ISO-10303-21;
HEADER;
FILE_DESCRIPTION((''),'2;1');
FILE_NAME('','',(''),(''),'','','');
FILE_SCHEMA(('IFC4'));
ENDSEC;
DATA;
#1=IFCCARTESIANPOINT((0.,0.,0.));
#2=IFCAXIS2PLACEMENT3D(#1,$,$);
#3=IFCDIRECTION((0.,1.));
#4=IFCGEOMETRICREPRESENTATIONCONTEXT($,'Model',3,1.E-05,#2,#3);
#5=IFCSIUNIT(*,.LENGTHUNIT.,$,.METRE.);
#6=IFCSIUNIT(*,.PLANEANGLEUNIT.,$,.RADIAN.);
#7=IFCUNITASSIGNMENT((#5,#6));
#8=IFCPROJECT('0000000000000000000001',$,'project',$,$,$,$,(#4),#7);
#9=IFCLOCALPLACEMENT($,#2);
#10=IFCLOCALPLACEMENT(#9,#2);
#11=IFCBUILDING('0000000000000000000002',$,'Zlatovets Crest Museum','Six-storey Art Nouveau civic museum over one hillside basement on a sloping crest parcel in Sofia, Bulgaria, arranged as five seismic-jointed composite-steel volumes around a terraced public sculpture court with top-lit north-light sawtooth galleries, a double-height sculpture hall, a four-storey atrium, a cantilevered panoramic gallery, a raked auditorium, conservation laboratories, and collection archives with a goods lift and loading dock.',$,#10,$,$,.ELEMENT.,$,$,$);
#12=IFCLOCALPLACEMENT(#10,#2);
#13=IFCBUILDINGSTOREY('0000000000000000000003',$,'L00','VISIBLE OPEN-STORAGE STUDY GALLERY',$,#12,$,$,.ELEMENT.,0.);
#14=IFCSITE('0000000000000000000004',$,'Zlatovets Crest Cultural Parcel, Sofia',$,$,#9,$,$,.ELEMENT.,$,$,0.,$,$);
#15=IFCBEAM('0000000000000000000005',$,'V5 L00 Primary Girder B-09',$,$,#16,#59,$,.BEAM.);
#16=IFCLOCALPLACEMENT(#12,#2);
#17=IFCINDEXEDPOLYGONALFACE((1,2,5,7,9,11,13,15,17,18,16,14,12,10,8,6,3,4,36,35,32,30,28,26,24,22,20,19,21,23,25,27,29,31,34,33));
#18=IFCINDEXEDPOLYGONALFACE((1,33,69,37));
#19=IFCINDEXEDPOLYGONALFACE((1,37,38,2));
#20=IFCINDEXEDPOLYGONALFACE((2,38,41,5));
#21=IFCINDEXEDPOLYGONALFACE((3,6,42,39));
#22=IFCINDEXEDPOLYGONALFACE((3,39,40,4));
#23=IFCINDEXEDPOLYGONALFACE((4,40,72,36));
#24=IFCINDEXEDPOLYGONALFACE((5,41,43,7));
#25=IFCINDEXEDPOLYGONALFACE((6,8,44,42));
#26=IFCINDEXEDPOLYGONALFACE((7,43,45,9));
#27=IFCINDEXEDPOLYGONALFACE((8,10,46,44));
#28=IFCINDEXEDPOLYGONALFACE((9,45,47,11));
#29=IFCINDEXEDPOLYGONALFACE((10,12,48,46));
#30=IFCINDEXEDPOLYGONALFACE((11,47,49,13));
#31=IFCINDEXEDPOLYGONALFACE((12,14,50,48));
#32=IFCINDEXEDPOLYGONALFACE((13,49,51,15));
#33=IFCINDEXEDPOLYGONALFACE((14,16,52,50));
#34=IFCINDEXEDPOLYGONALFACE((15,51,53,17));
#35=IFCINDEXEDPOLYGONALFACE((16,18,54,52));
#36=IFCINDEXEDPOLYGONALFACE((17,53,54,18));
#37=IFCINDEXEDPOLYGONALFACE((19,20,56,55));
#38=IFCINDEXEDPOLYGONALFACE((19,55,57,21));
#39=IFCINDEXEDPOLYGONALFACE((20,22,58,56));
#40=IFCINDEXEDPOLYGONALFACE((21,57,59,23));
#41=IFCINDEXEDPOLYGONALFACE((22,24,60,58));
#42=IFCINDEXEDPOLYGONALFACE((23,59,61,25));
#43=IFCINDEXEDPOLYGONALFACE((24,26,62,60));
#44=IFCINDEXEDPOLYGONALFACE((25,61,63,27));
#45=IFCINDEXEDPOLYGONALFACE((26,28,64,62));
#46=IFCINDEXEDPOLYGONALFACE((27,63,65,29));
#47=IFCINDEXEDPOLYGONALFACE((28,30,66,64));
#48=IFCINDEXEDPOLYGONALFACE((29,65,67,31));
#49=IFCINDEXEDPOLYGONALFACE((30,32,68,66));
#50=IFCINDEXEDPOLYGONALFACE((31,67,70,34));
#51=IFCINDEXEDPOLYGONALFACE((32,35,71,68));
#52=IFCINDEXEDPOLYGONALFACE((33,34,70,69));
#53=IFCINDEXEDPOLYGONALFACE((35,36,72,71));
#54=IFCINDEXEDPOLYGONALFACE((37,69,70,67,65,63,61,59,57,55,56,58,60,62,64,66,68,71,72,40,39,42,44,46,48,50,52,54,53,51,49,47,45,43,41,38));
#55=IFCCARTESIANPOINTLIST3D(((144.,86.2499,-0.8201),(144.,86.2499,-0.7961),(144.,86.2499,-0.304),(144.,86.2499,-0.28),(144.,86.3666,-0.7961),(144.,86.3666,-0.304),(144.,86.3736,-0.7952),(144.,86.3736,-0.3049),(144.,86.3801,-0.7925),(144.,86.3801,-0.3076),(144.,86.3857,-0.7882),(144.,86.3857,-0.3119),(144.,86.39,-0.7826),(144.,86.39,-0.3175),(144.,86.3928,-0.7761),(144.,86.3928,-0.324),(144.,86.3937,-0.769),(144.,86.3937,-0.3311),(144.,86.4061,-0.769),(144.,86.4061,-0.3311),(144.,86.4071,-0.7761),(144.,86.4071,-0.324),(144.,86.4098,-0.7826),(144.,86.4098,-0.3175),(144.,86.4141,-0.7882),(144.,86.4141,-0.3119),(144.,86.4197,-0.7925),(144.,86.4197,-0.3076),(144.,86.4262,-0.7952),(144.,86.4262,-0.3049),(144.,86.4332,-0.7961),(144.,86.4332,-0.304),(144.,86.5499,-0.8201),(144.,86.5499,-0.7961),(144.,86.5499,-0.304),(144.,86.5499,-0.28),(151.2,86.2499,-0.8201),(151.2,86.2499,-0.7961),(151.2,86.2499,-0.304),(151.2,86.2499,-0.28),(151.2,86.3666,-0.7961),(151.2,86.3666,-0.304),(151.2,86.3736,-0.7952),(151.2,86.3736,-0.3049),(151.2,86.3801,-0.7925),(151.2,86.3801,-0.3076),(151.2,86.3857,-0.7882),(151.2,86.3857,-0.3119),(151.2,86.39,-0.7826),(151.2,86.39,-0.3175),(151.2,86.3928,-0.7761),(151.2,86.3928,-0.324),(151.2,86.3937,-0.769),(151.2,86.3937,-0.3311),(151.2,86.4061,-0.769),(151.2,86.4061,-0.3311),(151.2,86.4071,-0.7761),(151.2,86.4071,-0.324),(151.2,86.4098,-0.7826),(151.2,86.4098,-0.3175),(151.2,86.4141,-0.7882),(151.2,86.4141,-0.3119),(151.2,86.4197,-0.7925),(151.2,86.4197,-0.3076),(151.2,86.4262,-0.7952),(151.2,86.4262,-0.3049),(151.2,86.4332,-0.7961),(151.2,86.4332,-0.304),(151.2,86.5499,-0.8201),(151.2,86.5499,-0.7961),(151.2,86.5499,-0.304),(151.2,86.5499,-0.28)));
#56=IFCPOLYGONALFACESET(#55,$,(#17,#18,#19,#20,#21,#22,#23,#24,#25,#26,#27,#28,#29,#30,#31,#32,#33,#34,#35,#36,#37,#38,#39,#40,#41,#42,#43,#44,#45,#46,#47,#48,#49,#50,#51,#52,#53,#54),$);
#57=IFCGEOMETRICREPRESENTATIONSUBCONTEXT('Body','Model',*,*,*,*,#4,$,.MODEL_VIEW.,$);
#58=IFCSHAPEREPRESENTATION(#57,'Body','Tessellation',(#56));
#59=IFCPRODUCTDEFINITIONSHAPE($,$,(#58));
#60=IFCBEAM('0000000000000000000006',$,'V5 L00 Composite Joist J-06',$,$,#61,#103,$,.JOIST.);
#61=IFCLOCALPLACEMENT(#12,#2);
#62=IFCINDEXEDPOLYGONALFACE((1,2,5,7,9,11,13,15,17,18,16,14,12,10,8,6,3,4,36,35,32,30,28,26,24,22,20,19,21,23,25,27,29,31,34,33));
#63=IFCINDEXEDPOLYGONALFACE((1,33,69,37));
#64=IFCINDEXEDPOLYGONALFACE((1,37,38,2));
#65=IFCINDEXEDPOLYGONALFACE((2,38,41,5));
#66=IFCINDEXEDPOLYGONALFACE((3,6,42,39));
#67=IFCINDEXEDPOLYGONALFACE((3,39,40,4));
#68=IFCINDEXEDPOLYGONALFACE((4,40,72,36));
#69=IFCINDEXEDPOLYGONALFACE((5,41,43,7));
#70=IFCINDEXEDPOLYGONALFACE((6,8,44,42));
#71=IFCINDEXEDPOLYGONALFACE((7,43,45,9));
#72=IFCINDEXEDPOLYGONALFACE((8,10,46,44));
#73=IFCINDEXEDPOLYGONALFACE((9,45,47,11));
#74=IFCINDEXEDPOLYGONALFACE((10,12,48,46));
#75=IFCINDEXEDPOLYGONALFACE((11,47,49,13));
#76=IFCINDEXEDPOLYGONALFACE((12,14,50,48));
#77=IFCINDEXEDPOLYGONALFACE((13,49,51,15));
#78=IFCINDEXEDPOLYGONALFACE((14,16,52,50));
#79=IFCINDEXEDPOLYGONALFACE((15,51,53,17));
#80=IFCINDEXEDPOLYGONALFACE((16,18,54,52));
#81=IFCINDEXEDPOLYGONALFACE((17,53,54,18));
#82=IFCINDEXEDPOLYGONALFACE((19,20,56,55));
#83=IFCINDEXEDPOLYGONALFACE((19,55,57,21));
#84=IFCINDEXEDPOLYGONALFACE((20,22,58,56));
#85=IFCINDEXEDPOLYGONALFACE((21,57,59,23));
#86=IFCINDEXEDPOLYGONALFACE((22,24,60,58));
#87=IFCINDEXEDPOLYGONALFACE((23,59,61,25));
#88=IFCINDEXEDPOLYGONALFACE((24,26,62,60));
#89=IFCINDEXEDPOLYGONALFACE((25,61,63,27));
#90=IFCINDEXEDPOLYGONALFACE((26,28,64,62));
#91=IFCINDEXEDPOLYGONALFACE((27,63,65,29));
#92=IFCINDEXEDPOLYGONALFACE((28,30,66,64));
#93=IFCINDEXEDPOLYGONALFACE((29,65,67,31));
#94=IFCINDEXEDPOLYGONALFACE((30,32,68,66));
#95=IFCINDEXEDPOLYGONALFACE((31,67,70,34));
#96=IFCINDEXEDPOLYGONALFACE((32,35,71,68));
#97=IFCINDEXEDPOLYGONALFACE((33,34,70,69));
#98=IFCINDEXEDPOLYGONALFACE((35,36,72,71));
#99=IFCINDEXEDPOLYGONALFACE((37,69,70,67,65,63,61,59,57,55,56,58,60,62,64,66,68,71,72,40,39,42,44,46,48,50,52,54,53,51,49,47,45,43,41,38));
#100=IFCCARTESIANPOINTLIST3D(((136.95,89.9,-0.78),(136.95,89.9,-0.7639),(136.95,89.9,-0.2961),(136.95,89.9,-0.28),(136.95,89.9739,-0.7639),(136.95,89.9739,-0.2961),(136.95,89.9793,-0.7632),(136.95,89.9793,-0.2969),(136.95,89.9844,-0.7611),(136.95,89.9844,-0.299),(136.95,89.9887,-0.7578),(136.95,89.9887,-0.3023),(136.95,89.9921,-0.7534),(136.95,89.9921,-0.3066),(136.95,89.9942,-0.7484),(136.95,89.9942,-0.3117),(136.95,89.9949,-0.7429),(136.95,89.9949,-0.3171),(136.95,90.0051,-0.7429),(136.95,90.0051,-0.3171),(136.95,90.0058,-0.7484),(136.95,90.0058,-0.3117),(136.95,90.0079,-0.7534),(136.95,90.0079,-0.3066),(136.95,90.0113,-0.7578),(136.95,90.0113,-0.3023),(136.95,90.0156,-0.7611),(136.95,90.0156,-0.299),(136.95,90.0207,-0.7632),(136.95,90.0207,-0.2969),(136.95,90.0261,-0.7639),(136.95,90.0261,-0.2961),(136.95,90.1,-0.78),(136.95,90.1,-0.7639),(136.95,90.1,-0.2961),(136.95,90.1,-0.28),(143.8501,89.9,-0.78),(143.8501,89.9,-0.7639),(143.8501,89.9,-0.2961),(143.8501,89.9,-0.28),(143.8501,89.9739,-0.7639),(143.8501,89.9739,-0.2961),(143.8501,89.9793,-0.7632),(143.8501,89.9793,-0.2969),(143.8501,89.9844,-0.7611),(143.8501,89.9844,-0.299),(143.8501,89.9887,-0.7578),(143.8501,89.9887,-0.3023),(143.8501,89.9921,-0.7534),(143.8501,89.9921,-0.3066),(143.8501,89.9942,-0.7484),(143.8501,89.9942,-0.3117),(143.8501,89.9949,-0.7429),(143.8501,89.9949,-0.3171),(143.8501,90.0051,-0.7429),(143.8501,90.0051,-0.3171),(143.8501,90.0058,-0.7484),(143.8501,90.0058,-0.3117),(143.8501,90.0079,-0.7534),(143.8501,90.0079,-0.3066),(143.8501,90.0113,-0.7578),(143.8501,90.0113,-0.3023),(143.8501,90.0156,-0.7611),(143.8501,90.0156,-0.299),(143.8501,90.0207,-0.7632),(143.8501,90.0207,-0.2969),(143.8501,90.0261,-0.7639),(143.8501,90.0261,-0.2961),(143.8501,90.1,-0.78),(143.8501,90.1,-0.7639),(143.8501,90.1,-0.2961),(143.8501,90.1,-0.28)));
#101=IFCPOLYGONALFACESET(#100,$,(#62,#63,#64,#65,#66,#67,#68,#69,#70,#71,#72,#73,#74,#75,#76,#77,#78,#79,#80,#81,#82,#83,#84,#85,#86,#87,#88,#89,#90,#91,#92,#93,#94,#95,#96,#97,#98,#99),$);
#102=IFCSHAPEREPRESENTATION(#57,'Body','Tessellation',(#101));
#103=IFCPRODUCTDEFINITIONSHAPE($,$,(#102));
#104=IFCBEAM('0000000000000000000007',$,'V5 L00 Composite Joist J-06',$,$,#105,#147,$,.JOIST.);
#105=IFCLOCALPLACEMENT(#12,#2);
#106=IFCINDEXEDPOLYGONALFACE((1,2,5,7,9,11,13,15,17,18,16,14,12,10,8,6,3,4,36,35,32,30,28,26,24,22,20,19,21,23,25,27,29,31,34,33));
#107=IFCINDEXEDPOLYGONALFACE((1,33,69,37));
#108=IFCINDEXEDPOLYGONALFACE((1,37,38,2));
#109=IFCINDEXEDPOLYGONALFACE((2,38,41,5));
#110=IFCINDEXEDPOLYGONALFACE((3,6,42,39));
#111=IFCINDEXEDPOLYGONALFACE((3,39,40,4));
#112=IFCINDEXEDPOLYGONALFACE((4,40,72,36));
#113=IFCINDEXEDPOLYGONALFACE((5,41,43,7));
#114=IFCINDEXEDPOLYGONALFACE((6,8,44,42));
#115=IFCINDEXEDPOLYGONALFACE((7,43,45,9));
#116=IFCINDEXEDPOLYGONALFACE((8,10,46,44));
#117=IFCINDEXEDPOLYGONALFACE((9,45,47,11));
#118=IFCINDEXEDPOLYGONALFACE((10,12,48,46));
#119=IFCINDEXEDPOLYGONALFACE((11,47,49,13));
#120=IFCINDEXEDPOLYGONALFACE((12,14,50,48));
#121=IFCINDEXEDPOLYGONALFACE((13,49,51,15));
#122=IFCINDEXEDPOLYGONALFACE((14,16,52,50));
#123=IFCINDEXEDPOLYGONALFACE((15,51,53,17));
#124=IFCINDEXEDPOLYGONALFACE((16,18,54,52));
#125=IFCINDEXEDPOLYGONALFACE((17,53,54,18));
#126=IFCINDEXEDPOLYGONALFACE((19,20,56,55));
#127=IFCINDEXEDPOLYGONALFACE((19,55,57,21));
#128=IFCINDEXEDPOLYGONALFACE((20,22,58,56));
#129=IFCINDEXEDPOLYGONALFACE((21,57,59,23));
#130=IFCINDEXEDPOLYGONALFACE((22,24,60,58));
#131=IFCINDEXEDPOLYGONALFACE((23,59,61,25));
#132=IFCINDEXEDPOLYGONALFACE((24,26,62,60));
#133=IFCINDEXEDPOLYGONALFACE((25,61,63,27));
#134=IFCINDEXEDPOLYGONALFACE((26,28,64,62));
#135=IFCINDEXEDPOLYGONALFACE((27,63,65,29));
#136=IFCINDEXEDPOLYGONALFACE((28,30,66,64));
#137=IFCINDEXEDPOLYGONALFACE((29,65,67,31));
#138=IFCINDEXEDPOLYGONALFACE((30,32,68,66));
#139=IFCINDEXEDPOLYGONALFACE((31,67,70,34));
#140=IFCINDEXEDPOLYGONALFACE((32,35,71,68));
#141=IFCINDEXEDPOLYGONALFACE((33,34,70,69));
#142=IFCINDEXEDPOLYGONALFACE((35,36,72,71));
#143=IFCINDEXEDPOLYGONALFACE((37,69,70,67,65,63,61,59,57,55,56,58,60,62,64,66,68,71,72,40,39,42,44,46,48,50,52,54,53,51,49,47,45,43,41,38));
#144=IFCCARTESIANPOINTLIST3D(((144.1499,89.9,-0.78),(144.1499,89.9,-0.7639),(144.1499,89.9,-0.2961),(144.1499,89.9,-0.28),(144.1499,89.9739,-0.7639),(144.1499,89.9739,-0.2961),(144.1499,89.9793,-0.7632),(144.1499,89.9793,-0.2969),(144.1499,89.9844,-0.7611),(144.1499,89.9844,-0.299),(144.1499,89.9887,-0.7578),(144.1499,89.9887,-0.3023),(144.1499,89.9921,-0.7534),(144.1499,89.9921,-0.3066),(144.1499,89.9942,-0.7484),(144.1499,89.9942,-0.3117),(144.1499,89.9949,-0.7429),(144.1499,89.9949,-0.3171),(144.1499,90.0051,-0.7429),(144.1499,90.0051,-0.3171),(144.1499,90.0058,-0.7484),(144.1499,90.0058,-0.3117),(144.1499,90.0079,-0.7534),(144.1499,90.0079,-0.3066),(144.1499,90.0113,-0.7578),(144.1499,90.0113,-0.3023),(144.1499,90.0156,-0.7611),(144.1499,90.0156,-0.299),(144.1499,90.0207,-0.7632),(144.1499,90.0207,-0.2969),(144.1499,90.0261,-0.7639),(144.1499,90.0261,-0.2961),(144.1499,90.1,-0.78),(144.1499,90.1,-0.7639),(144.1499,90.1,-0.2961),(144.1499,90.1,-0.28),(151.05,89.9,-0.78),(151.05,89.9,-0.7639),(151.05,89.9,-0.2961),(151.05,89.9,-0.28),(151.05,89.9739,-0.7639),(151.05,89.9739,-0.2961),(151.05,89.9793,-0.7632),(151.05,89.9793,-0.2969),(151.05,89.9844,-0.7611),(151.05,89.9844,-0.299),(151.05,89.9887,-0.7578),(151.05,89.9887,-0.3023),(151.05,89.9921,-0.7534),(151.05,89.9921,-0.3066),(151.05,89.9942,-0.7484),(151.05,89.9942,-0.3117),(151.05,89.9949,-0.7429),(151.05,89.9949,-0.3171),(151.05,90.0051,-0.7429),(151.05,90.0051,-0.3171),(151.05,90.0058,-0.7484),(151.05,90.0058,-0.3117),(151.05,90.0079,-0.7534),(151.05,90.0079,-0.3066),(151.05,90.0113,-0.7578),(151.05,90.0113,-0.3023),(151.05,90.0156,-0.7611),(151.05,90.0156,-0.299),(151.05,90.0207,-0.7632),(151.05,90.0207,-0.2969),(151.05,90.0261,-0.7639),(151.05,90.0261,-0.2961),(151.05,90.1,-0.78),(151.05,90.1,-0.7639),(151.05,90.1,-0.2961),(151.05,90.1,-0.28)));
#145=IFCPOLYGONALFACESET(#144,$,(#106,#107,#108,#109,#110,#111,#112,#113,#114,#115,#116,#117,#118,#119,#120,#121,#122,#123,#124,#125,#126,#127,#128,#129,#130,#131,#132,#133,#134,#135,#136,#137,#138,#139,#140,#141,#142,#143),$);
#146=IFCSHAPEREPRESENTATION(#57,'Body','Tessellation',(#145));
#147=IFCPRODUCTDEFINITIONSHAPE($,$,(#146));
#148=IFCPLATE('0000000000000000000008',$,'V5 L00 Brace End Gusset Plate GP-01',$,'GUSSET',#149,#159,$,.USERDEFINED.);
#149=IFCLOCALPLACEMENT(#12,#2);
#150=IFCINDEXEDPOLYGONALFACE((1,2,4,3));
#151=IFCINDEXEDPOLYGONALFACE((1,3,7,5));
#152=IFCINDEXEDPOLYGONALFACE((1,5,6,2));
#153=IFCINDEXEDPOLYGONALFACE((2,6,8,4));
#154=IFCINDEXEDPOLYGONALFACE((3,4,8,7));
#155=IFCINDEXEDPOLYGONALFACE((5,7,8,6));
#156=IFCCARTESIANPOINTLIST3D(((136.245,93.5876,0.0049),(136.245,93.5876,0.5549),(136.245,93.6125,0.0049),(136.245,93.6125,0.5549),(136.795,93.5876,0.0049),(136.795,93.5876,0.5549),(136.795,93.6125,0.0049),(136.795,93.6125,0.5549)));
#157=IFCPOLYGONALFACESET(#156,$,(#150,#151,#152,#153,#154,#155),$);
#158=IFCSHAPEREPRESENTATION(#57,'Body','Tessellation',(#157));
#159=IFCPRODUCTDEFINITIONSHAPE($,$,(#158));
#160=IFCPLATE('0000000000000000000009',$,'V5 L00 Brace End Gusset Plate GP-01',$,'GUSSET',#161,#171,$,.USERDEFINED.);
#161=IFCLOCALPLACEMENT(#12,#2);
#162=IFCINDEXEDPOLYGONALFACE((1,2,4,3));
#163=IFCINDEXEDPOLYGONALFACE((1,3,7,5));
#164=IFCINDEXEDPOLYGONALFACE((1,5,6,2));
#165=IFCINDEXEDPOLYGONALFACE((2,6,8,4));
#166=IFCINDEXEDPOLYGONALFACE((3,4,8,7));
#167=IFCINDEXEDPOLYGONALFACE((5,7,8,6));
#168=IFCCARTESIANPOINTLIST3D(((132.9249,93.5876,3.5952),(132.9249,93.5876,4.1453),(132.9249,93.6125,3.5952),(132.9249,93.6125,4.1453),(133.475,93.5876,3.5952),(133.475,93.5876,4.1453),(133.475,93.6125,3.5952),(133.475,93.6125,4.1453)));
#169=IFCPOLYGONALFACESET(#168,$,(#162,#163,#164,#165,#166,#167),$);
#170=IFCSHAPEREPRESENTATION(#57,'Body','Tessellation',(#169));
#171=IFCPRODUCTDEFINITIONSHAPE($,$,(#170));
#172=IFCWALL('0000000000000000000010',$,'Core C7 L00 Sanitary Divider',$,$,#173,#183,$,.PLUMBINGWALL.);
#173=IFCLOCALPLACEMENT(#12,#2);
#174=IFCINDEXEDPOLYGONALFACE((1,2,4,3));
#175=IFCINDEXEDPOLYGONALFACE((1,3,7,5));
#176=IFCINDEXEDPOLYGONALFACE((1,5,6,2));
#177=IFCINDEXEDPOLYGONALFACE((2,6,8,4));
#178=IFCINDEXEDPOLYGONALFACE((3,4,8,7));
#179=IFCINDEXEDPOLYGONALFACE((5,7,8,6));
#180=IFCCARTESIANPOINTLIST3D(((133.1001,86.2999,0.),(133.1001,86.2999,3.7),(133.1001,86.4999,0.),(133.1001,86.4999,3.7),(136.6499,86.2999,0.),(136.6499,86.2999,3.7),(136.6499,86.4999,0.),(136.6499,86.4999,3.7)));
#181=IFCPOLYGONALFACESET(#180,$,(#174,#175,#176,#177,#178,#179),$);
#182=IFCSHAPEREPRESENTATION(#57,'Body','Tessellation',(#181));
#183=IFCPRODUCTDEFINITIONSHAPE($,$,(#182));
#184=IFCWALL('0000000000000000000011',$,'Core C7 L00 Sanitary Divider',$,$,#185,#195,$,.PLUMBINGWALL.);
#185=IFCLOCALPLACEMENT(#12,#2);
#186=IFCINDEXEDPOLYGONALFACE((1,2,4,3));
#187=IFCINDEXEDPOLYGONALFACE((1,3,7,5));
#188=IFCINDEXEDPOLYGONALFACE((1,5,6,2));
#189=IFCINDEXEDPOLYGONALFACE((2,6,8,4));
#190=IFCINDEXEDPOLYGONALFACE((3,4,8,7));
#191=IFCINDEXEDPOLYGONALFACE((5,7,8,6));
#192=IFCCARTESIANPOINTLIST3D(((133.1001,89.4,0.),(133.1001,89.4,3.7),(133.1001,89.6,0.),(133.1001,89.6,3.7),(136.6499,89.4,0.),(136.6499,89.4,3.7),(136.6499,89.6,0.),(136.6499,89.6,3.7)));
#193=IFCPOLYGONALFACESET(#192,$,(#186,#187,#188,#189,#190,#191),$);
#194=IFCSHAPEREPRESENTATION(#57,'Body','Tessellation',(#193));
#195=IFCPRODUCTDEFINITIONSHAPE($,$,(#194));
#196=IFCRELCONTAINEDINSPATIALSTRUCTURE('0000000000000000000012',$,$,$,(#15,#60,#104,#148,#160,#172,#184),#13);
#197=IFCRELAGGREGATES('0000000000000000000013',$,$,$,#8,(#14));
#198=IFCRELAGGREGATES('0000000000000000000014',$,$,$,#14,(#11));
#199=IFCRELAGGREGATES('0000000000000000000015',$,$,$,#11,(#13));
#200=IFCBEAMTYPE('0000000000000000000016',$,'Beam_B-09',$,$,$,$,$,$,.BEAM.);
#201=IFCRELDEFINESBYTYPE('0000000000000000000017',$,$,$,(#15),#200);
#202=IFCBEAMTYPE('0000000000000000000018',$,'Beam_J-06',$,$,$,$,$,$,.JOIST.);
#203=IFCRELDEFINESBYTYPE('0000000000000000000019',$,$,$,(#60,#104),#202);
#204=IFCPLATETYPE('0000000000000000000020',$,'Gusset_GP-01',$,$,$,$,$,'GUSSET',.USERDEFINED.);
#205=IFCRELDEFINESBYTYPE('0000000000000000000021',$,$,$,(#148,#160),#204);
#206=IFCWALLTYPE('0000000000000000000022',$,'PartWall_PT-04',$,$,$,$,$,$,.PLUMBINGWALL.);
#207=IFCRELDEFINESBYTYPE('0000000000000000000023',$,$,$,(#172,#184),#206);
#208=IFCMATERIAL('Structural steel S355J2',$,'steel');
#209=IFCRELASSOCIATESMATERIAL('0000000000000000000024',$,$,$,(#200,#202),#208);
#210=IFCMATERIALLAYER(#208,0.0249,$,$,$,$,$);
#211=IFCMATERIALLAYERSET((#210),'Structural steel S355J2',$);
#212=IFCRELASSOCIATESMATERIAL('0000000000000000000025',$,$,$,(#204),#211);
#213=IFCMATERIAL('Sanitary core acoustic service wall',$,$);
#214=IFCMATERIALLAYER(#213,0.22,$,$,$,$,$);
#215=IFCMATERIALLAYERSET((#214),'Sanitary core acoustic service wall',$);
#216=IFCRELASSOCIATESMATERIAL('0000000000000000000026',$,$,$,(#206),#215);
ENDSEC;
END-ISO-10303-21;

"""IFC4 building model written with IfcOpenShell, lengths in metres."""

from ifc_helpers import new_model, si_unit, direction, frame, frame_2d, origin, origin_2d, place, context, subcontext, project, spatial, rectangle, i_section, extrude, material, layer, layer_set, material_profile, profile_set, type_object, element, save


model = new_model("IFC4")

# Units and contexts
model_context = context("Model", 3, precision=1e-05, world=origin(), true_north=direction((0.0, 1.0)))
body_context = subcontext(model_context, "Body", "Model", "MODEL_VIEW")
ifc_project = project(units=[si_unit("LENGTHUNIT", "METRE"), si_unit("PLANEANGLEUNIT", "RADIAN")], contexts=[model_context])

# Site, building, storey
site_placement = place(None, origin())
site = spatial("IfcSite", under=ifc_project, at=site_placement, Name="Zlatovets Crest Cultural Parcel, Sofia", CompositionType="ELEMENT", RefElevation=0.0)
building_placement = place(site_placement, origin())
building = spatial("IfcBuilding", under=site, at=building_placement, Name="Zlatovets Crest Museum", Description="Six-storey Art Nouveau civic museum over one hillside basement on a sloping crest parcel in Sofia, Bulgaria, arranged as five seismic-jointed composite-steel volumes around a terraced public sculpture court with top-lit north-light sawtooth galleries, a double-height sculpture hall, a four-storey atrium, a cantilevered panoramic gallery, a raked auditorium, conservation laboratories, and collection archives with a goods lift and loading dock.", CompositionType="ELEMENT")
storey_placement = place(building_placement, origin())
storey = spatial("IfcBuildingStorey", under=building, at=storey_placement, Name="L00", Description="VISIBLE OPEN-STORAGE STUDY GALLERY", CompositionType="ELEMENT", Elevation=0.0)

# Shared definitions
ifc_material_1 = material(Name="Structural steel S355J2", Category="steel")

# Beams
ifc_material_profile_1 = material_profile(ifc_material_1, i_section(OverallWidth=0.3, OverallDepth=0.54, WebThickness=0.0125, FlangeThickness=0.0239, FilletRadius=0.0271, at=origin_2d()), Name="HEA 550")
ifc_profile_set_1 = profile_set([ifc_material_profile_1], Name="Structural steel S355J2")
beam_type_1 = type_object("IfcBeamType", Name="Beam_B-09", PredefinedType="BEAM", material=ifc_profile_set_1)
for number, where, z_axis, x_axis, name in (
    (1, (144.0, 86.3999, -0.55), (1.0, 0.0, 0.0), (0.0, 1.0, 0.0), "V5 L00 Primary Girder B-09"),
):
    element("IfcBeam", number, at=place(storey_placement, frame(where, z_axis=z_axis, x_axis=x_axis)), inside=storey, type_object=beam_type_1, Name=name, PredefinedType="BEAM", context=body_context, shape_type="SweptSolid", body=[
        extrude(i_section(OverallWidth=0.3, OverallDepth=0.54, WebThickness=0.0125, FlangeThickness=0.0239, FilletRadius=0.0271, at=origin_2d()), origin(), (0.0, 0.0, 1.0), 7.2),
    ])
ifc_material_profile_2 = material_profile(ifc_material_1, i_section(OverallWidth=0.2, OverallDepth=0.5, WebThickness=0.0103, FlangeThickness=0.0161, FilletRadius=0.021, at=origin_2d()), Name="IPE 500")
ifc_profile_set_2 = profile_set([ifc_material_profile_2], Name="Structural steel S355J2")
beam_type_2 = type_object("IfcBeamType", Name="Beam_J-06", PredefinedType="JOIST", material=ifc_profile_set_2)
for number, where, z_axis, x_axis, name in (
    (2, (136.95, 90.0, -0.53), (1.0, 0.0, 0.0), (0.0, 1.0, 0.0), "V5 L00 Composite Joist J-06"),
    (3, (144.1499, 90.0, -0.53), (1.0, 0.0, 0.0), (0.0, 1.0, 0.0), "V5 L00 Composite Joist J-06"),
):
    element("IfcBeam", number, at=place(storey_placement, frame(where, z_axis=z_axis, x_axis=x_axis)), inside=storey, type_object=beam_type_2, Name=name, PredefinedType="JOIST", context=body_context, shape_type="SweptSolid", body=[
        extrude(i_section(OverallWidth=0.2, OverallDepth=0.5, WebThickness=0.0103, FlangeThickness=0.0161, FilletRadius=0.021, at=origin_2d()), origin(), (0.0, 0.0, 1.0), 6.9001),
    ])

# Plates
ifc_layer_1 = layer(ifc_material_1, 0.0249)
ifc_layer_set_1 = layer_set([ifc_layer_1], Name="Structural steel S355J2")
plate_type = type_object("IfcPlateType", Name="Gusset_GP-01", ElementType="GUSSET", PredefinedType="USERDEFINED", material=ifc_layer_set_1)
for number, where, z_axis, x_axis, name in (
    (4, (136.52, 93.6001, 0.0049), (0.0, 0.0, 1.0), (1.0, 0.0, 0.0), "V5 L00 Brace End Gusset Plate GP-01"),
    (5, (133.2, 93.6001, 3.5952), (0.0, 0.0, 1.0), (1.0, 0.0, 0.0), "V5 L00 Brace End Gusset Plate GP-01"),
):
    element("IfcPlate", number, at=place(storey_placement, frame(where, z_axis=z_axis, x_axis=x_axis)), inside=storey, type_object=plate_type, Name=name, ObjectType="GUSSET", PredefinedType="USERDEFINED", context=body_context, shape_type="SweptSolid", body=[
        extrude(rectangle(XDim=0.55, YDim=0.0249, at=origin_2d()), origin(), (0.0, 0.0, 1.0), 0.55),
    ])

# Walls
ifc_material_2 = material(Name="Sanitary core acoustic service wall")
ifc_layer_2 = layer(ifc_material_2, 0.22)
ifc_layer_set_2 = layer_set([ifc_layer_2], Name="Sanitary core acoustic service wall")
wall_type = type_object("IfcWallType", Name="PartWall_PT-04", PredefinedType="PLUMBINGWALL", material=ifc_layer_set_2)
for number, where, z_axis, x_axis, name in (
    (6, (133.1001, 86.3999, 0.0), (0.0, 0.0, 1.0), (1.0, 0.0, 0.0), "Core C7 L00 Sanitary Divider"),
    (7, (133.1001, 89.5, 0.0), (0.0, 0.0, 1.0), (1.0, 0.0, 0.0), "Core C7 L00 Sanitary Divider"),
):
    element("IfcWall", number, at=place(storey_placement, frame(where, z_axis=z_axis, x_axis=x_axis)), inside=storey, type_object=wall_type, Name=name, PredefinedType="PLUMBINGWALL", context=body_context, shape_type="SweptSolid", body=[
        extrude(rectangle(XDim=3.5498, YDim=0.2, at=frame_2d((1.7749, 0.0))), origin(), (0.0, 0.0, 1.0), 3.7),
    ])

save(model, "model.ifc")
